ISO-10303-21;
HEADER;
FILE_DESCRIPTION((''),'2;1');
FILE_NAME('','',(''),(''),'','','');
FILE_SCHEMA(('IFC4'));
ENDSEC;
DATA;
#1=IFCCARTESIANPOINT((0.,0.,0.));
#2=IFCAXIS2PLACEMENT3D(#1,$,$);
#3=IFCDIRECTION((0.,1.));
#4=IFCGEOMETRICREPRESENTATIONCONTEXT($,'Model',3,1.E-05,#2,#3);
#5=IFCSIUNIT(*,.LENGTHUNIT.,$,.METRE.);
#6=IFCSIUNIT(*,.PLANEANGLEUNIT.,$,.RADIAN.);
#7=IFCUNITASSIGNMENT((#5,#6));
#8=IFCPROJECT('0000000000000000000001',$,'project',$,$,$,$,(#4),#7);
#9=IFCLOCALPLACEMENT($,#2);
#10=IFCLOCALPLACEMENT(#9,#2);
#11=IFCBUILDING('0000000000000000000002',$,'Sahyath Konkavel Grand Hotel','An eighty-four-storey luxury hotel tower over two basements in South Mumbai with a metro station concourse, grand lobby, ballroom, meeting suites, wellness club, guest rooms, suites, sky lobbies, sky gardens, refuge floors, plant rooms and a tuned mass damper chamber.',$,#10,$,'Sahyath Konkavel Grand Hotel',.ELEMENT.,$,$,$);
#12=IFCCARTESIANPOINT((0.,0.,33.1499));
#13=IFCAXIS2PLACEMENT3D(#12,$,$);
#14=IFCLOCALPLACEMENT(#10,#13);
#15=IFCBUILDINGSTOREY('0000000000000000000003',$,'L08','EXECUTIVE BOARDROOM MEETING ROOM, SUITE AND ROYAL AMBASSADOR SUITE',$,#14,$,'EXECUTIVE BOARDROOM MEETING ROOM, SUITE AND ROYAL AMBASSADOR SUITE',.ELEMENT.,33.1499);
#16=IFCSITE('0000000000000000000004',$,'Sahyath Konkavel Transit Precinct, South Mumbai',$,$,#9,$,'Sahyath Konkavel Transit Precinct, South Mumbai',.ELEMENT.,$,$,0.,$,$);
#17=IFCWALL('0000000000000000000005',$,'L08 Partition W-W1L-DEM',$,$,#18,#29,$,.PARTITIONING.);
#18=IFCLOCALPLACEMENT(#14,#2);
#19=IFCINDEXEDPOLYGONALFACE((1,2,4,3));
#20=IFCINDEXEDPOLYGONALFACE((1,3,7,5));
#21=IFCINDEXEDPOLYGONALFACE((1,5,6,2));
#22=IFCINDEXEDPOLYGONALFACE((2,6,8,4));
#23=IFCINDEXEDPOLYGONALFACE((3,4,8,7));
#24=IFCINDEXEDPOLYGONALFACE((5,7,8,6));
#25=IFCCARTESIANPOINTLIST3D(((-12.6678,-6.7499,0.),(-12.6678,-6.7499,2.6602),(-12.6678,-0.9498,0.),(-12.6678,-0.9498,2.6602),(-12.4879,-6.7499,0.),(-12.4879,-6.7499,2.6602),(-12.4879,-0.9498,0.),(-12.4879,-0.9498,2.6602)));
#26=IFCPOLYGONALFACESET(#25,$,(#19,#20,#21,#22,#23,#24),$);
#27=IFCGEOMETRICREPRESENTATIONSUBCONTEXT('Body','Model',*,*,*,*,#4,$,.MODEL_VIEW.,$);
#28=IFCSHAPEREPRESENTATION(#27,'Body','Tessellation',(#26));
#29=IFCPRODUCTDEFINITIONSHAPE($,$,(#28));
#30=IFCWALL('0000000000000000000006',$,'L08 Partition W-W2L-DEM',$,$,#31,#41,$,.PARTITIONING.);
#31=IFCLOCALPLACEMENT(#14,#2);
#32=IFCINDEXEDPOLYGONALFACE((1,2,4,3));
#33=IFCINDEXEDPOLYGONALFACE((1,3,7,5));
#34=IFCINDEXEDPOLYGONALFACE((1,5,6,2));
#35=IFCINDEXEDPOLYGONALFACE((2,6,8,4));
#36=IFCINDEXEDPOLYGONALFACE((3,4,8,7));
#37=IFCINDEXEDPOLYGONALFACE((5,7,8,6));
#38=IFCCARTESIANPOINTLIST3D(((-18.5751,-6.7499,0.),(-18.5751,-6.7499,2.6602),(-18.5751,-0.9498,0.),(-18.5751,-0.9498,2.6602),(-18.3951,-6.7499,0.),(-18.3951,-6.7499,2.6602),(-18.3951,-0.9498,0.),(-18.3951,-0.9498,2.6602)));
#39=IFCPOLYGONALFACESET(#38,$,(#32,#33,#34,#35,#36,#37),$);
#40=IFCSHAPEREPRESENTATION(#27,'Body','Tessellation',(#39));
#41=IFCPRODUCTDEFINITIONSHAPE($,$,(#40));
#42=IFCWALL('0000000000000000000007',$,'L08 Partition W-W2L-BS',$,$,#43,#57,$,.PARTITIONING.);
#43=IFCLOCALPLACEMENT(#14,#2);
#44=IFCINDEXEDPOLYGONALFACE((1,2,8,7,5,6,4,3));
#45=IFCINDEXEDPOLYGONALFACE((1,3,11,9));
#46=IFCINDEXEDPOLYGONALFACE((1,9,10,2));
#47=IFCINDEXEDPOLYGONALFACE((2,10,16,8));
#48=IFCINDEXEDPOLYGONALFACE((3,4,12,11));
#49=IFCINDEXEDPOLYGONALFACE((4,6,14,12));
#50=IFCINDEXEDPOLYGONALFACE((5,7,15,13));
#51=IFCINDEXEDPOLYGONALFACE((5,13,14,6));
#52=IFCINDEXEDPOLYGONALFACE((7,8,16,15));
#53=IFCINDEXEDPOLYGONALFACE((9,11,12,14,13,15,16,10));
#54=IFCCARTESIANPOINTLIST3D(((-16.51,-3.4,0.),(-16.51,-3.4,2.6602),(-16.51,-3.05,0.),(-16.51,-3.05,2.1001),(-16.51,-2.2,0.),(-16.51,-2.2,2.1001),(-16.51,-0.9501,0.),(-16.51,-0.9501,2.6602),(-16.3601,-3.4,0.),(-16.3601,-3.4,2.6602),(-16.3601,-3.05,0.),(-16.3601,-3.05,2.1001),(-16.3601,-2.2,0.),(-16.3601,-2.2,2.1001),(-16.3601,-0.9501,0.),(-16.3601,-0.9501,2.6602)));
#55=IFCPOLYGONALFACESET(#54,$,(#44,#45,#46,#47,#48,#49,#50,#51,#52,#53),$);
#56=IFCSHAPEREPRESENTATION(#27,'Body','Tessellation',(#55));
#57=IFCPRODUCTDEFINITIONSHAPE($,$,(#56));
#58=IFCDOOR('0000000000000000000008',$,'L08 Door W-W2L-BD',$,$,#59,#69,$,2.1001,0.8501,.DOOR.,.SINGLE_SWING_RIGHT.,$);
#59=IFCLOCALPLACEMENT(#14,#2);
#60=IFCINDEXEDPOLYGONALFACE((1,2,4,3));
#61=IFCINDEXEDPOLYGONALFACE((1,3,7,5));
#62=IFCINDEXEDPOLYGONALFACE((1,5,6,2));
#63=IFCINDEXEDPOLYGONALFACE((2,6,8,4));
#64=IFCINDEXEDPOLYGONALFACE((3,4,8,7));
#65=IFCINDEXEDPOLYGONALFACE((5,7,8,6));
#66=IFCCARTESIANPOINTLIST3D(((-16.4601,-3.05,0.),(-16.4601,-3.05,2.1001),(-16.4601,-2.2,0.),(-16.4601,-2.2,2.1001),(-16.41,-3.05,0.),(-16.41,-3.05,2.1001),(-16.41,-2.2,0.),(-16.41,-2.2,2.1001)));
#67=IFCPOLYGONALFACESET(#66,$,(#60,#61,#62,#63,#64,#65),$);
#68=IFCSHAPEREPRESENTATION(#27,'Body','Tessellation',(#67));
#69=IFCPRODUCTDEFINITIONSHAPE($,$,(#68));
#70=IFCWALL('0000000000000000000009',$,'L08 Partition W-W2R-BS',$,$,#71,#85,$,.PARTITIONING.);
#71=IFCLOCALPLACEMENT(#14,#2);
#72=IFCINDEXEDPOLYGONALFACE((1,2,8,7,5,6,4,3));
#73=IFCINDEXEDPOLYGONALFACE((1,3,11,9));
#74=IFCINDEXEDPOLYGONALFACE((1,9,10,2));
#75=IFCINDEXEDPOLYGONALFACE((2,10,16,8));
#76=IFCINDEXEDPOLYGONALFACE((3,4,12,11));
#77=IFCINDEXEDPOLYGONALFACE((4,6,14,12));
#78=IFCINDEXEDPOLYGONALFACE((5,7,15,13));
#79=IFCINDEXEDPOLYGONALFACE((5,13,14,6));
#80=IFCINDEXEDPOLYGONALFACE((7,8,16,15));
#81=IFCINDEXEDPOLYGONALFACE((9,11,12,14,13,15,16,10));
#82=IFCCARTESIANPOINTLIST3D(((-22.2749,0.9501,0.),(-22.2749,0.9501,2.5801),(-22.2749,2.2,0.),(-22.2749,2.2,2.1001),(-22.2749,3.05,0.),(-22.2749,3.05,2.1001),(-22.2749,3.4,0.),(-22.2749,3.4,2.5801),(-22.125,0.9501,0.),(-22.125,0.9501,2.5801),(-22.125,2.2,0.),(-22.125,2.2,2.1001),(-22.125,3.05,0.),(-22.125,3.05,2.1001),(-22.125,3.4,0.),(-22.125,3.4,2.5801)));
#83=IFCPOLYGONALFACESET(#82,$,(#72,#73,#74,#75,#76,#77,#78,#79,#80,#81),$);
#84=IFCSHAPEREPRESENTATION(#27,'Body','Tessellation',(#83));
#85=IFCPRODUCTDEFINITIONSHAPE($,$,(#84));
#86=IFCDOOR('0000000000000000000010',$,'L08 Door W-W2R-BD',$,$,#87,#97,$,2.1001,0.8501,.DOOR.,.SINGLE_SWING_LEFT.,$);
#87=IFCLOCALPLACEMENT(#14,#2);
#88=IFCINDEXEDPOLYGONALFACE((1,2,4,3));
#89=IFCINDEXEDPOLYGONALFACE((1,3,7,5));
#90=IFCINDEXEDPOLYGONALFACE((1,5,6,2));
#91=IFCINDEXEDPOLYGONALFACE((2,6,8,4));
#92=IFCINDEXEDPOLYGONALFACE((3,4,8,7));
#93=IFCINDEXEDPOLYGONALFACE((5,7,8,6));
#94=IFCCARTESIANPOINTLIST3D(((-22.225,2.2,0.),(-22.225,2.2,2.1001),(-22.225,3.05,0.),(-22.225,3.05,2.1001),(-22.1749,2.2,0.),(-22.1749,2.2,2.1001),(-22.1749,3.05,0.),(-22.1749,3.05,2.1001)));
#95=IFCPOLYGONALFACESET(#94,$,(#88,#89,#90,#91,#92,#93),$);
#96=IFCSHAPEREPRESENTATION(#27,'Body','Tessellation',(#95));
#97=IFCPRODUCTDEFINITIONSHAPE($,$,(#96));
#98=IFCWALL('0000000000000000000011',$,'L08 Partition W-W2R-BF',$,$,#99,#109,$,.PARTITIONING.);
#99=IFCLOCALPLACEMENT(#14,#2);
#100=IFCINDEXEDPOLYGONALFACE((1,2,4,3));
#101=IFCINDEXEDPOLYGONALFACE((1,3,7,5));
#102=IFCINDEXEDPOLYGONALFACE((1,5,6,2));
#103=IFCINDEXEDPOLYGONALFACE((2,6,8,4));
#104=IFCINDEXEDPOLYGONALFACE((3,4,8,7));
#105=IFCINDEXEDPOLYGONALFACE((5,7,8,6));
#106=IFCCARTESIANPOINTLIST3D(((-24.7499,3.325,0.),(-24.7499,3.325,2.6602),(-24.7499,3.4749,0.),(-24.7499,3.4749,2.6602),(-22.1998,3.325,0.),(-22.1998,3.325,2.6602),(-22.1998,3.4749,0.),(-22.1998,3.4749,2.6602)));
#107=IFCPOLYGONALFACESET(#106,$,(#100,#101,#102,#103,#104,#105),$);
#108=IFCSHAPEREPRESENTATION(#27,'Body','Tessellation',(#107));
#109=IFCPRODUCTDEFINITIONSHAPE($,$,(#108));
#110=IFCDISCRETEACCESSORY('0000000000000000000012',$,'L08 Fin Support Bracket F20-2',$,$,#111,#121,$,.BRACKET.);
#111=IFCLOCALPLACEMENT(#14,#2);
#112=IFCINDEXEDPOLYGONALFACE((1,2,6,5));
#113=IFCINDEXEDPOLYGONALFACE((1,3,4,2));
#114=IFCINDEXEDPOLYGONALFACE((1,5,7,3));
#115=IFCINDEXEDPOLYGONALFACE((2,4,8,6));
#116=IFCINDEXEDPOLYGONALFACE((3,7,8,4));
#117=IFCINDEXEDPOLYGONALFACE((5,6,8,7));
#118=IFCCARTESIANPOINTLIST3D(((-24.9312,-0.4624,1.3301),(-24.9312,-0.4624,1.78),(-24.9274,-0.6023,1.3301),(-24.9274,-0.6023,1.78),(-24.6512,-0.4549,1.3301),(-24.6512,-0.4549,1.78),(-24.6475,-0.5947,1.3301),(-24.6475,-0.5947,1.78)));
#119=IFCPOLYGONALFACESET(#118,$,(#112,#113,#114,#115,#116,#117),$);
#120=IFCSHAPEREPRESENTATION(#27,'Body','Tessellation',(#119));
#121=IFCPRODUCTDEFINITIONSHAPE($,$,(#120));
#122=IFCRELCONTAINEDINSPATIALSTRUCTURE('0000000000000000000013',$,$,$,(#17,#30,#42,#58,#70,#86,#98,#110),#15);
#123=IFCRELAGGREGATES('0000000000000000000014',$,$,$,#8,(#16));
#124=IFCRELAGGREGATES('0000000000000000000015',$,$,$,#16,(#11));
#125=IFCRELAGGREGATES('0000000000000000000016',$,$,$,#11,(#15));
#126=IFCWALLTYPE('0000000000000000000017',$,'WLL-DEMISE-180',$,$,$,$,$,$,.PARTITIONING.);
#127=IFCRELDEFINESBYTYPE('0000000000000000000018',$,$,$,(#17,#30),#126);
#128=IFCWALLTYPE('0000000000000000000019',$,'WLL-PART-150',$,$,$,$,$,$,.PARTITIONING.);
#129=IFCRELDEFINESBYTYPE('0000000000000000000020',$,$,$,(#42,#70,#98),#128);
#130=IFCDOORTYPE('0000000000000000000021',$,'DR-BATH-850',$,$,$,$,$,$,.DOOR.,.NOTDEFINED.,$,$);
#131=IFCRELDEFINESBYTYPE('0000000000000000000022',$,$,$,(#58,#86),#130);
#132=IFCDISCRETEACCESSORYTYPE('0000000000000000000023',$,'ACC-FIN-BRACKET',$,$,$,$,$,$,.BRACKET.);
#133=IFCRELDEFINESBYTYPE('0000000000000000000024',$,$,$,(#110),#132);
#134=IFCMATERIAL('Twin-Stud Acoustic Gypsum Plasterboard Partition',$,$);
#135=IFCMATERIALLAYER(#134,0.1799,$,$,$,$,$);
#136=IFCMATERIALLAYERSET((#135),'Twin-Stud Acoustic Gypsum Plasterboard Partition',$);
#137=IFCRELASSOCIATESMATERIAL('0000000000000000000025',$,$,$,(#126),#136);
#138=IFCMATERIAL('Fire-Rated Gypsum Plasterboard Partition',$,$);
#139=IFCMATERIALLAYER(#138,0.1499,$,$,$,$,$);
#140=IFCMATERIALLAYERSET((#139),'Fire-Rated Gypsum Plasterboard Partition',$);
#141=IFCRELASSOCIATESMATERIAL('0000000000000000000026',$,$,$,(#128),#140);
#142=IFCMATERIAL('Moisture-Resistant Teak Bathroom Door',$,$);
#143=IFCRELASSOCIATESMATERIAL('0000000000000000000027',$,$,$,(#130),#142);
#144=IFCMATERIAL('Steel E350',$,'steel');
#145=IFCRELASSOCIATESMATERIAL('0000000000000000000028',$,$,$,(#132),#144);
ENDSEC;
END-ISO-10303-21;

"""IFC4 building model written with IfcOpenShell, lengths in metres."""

from ifc_helpers import new_model, si_unit, direction, frame, frame_2d, origin, origin_2d, place, context, subcontext, project, spatial, rectangle, extrude, source, transform, mapped, material, layer, layer_set, type_object, element, fill, save


model = new_model("IFC4")

# Units and contexts
model_context = context("Model", 3, precision=1e-05, world=origin(), true_north=direction((0.0, 1.0)))
body_context = subcontext(model_context, "Body", "Model", "MODEL_VIEW")
ifc_project = project(units=[si_unit("LENGTHUNIT", "METRE"), si_unit("PLANEANGLEUNIT", "RADIAN")], contexts=[model_context])

# Site, building, storey
site_placement = place(None, origin())
site = spatial("IfcSite", under=ifc_project, at=site_placement, Name="Sahyath Konkavel Transit Precinct, South Mumbai", LongName="Sahyath Konkavel Transit Precinct, South Mumbai", CompositionType="ELEMENT", RefElevation=0.0)
building_placement = place(site_placement, origin())
building = spatial("IfcBuilding", under=site, at=building_placement, Name="Sahyath Konkavel Grand Hotel", Description="An eighty-four-storey luxury hotel tower over two basements in South Mumbai with a metro station concourse, grand lobby, ballroom, meeting suites, wellness club, guest rooms, suites, sky lobbies, sky gardens, refuge floors, plant rooms and a tuned mass damper chamber.", LongName="Sahyath Konkavel Grand Hotel", CompositionType="ELEMENT")
storey_placement = place(building_placement, frame((0.0, 0.0, 33.1499)))
storey = spatial("IfcBuildingStorey", under=building, at=storey_placement, Name="L08", Description="EXECUTIVE BOARDROOM MEETING ROOM, SUITE AND ROYAL AMBASSADOR SUITE", LongName="EXECUTIVE BOARDROOM MEETING ROOM, SUITE AND ROYAL AMBASSADOR SUITE", CompositionType="ELEMENT", Elevation=33.1499)

# Shared definitions
ifc_material_1 = material(Name="Steel E350", Category="steel")

# Walls
ifc_material_2 = material(Name="Twin-Stud Acoustic Gypsum Plasterboard Partition")
ifc_layer_1 = layer(ifc_material_2, 0.1799)
ifc_layer_set_1 = layer_set([ifc_layer_1], Name="Twin-Stud Acoustic Gypsum Plasterboard Partition")
wall_type_1 = type_object("IfcWallType", Name="WLL-DEMISE-180", PredefinedType="PARTITIONING", material=ifc_layer_set_1)
for number, where, z_axis, x_axis, name in (
    (1, (-12.5779, -0.95, 0.0), (0.0, 0.0, 1.0), (0.0, -1.0, 0.0), "L08 Partition W-W1L-DEM"),
    (2, (-18.4851, -0.95, 0.0), (0.0, 0.0, 1.0), (0.0, -1.0, 0.0), "L08 Partition W-W2L-DEM"),
):
    element("IfcWall", number, at=place(storey_placement, frame(where, z_axis=z_axis, x_axis=x_axis)), inside=storey, type_object=wall_type_1, Name=name, PredefinedType="PARTITIONING", context=body_context, shape_type="SweptSolid", body=[
        extrude(rectangle(XDim=5.8, YDim=0.1799, at=frame_2d((2.8999, 0.0))), origin(), (0.0, 0.0, 1.0), 2.6602),
    ])

# Walls, openings, doors
ifc_material_3 = material(Name="Fire-Rated Gypsum Plasterboard Partition")
ifc_layer_2 = layer(ifc_material_3, 0.1499)
ifc_layer_set_2 = layer_set([ifc_layer_2], Name="Fire-Rated Gypsum Plasterboard Partition")
wall_type_2 = type_object("IfcWallType", Name="WLL-PART-150", PredefinedType="PARTITIONING", material=ifc_layer_set_2)
wall_1_placement = place(storey_placement, frame((-16.4351, -0.95, 0.0), z_axis=(0.0, 0.0, 1.0), x_axis=(0.0, -1.0, 0.0)))
wall_1 = element("IfcWall", 3, at=wall_1_placement, inside=storey, type_object=wall_type_2, Name="L08 Partition W-W2L-BS", PredefinedType="PARTITIONING", context=body_context, shape_type="SweptSolid", body=[
    extrude(rectangle(XDim=2.45, YDim=0.1499, at=frame_2d((1.2251, 0.0))), origin(), (0.0, 0.0, 1.0), 2.6602),
])
opening_1_placement = place(wall_1_placement, frame((1.25, 0.0, 0.0)))
opening_1 = element("IfcOpeningElement", 4, at=opening_1_placement, cuts=wall_1, PredefinedType="OPENING", context=body_context, shape_type="SweptSolid", body=[
    extrude(rectangle(XDim=0.8501, YDim=2.1001, at=frame_2d((0.425, 1.05))), frame((0.0, 0.085, 0.0), z_axis=(0.0, -1.0, 0.0), x_axis=(1.0, 0.0, 0.0)), (0.0, 0.0, 1.0), 0.1699),
])
ifc_material_4 = material(Name="Moisture-Resistant Teak Bathroom Door")
door_type = type_object("IfcDoorType", Name="DR-BATH-850", OperationType="NOTDEFINED", PredefinedType="DOOR", material=ifc_material_4)
shared_shape_1 = source(origin(), body_context, "Body", "SweptSolid", [
    extrude(rectangle(XDim=0.8501, YDim=0.05, at=origin_2d()), origin(), (0.0, 0.0, 1.0), 2.1001),
])
door_1_placement = place(opening_1_placement, frame((0.425, 0.0, 0.0)))
door_1 = element("IfcDoor", 5, at=door_1_placement, inside=storey, type_object=door_type, Name="L08 Door W-W2L-BD", OperationType="SINGLE_SWING_RIGHT", OverallHeight=2.1001, OverallWidth=0.8501, PredefinedType="DOOR", context=body_context, shape_type="MappedRepresentation", body=[
    mapped(shared_shape_1, transform((0.0, 0.0, 0.0), scale=1.0)),
])
fill(opening_1, door_1)
wall_2_placement = place(storey_placement, frame((-22.2, 0.95, 0.0), z_axis=(0.0, 0.0, 1.0), x_axis=(0.0, 1.0, 0.0)))
wall_2 = element("IfcWall", 6, at=wall_2_placement, inside=storey, type_object=wall_type_2, Name="L08 Partition W-W2R-BS", PredefinedType="PARTITIONING", context=body_context, shape_type="SweptSolid", body=[
    extrude(rectangle(XDim=2.45, YDim=0.1499, at=frame_2d((1.2251, 0.0))), origin(), (0.0, 0.0, 1.0), 2.5801),
])
opening_2_placement = place(wall_2_placement, frame((1.25, 0.0, 0.0)))
opening_2 = element("IfcOpeningElement", 7, at=opening_2_placement, cuts=wall_2, PredefinedType="OPENING", context=body_context, shape_type="SweptSolid", body=[
    extrude(rectangle(XDim=0.8501, YDim=2.1001, at=frame_2d((0.425, 1.05))), frame((0.0, 0.085, 0.0), z_axis=(0.0, -1.0, 0.0), x_axis=(1.0, 0.0, 0.0)), (0.0, 0.0, 1.0), 0.1699),
])
door_2_placement = place(opening_2_placement, frame((0.425, 0.0, 0.0)))
door_2 = element("IfcDoor", 8, at=door_2_placement, inside=storey, type_object=door_type, Name="L08 Door W-W2R-BD", OperationType="SINGLE_SWING_LEFT", OverallHeight=2.1001, OverallWidth=0.8501, PredefinedType="DOOR", context=body_context, shape_type="MappedRepresentation", body=[
    mapped(shared_shape_1, transform((0.0, 0.0, 0.0), scale=1.0)),
])
fill(opening_2, door_2)

# Wall
wall_3_placement = place(storey_placement, frame((-22.2, 3.3999, 0.0), z_axis=(0.0, 0.0, 1.0), x_axis=(-1.0, 0.0, 0.0)))
element("IfcWall", 9, at=wall_3_placement, inside=storey, type_object=wall_type_2, Name="L08 Partition W-W2R-BF", PredefinedType="PARTITIONING", context=body_context, shape_type="SweptSolid", body=[
    extrude(rectangle(XDim=2.55, YDim=0.1499, at=frame_2d((1.2749, 0.0))), origin(), (0.0, 0.0, 1.0), 2.6602),
])

# Discrete accessory
discrete_accessory_type = type_object("IfcDiscreteAccessoryType", Name="ACC-FIN-BRACKET", PredefinedType="BRACKET", material=ifc_material_1)
shared_shape_2 = source(origin(), body_context, "Body", "SweptSolid", [
    extrude(rectangle(XDim=0.28, YDim=0.1399, at=origin_2d()), origin(), (0.0, 0.0, 1.0), 0.45),
])
discrete_accessory_placement = place(storey_placement, frame((-24.7893, -0.5286, 1.3301), z_axis=(0.0, 0.0, 1.0), x_axis=(-0.999638, -0.02691, 0.0)))
element("IfcDiscreteAccessory", 10, at=discrete_accessory_placement, inside=storey, type_object=discrete_accessory_type, Name="L08 Fin Support Bracket F20-2", PredefinedType="BRACKET", context=body_context, shape_type="MappedRepresentation", body=[
    mapped(shared_shape_2, transform((0.0, 0.0, 0.0), scale=1.0)),
])

save(model, "model.ifc")
